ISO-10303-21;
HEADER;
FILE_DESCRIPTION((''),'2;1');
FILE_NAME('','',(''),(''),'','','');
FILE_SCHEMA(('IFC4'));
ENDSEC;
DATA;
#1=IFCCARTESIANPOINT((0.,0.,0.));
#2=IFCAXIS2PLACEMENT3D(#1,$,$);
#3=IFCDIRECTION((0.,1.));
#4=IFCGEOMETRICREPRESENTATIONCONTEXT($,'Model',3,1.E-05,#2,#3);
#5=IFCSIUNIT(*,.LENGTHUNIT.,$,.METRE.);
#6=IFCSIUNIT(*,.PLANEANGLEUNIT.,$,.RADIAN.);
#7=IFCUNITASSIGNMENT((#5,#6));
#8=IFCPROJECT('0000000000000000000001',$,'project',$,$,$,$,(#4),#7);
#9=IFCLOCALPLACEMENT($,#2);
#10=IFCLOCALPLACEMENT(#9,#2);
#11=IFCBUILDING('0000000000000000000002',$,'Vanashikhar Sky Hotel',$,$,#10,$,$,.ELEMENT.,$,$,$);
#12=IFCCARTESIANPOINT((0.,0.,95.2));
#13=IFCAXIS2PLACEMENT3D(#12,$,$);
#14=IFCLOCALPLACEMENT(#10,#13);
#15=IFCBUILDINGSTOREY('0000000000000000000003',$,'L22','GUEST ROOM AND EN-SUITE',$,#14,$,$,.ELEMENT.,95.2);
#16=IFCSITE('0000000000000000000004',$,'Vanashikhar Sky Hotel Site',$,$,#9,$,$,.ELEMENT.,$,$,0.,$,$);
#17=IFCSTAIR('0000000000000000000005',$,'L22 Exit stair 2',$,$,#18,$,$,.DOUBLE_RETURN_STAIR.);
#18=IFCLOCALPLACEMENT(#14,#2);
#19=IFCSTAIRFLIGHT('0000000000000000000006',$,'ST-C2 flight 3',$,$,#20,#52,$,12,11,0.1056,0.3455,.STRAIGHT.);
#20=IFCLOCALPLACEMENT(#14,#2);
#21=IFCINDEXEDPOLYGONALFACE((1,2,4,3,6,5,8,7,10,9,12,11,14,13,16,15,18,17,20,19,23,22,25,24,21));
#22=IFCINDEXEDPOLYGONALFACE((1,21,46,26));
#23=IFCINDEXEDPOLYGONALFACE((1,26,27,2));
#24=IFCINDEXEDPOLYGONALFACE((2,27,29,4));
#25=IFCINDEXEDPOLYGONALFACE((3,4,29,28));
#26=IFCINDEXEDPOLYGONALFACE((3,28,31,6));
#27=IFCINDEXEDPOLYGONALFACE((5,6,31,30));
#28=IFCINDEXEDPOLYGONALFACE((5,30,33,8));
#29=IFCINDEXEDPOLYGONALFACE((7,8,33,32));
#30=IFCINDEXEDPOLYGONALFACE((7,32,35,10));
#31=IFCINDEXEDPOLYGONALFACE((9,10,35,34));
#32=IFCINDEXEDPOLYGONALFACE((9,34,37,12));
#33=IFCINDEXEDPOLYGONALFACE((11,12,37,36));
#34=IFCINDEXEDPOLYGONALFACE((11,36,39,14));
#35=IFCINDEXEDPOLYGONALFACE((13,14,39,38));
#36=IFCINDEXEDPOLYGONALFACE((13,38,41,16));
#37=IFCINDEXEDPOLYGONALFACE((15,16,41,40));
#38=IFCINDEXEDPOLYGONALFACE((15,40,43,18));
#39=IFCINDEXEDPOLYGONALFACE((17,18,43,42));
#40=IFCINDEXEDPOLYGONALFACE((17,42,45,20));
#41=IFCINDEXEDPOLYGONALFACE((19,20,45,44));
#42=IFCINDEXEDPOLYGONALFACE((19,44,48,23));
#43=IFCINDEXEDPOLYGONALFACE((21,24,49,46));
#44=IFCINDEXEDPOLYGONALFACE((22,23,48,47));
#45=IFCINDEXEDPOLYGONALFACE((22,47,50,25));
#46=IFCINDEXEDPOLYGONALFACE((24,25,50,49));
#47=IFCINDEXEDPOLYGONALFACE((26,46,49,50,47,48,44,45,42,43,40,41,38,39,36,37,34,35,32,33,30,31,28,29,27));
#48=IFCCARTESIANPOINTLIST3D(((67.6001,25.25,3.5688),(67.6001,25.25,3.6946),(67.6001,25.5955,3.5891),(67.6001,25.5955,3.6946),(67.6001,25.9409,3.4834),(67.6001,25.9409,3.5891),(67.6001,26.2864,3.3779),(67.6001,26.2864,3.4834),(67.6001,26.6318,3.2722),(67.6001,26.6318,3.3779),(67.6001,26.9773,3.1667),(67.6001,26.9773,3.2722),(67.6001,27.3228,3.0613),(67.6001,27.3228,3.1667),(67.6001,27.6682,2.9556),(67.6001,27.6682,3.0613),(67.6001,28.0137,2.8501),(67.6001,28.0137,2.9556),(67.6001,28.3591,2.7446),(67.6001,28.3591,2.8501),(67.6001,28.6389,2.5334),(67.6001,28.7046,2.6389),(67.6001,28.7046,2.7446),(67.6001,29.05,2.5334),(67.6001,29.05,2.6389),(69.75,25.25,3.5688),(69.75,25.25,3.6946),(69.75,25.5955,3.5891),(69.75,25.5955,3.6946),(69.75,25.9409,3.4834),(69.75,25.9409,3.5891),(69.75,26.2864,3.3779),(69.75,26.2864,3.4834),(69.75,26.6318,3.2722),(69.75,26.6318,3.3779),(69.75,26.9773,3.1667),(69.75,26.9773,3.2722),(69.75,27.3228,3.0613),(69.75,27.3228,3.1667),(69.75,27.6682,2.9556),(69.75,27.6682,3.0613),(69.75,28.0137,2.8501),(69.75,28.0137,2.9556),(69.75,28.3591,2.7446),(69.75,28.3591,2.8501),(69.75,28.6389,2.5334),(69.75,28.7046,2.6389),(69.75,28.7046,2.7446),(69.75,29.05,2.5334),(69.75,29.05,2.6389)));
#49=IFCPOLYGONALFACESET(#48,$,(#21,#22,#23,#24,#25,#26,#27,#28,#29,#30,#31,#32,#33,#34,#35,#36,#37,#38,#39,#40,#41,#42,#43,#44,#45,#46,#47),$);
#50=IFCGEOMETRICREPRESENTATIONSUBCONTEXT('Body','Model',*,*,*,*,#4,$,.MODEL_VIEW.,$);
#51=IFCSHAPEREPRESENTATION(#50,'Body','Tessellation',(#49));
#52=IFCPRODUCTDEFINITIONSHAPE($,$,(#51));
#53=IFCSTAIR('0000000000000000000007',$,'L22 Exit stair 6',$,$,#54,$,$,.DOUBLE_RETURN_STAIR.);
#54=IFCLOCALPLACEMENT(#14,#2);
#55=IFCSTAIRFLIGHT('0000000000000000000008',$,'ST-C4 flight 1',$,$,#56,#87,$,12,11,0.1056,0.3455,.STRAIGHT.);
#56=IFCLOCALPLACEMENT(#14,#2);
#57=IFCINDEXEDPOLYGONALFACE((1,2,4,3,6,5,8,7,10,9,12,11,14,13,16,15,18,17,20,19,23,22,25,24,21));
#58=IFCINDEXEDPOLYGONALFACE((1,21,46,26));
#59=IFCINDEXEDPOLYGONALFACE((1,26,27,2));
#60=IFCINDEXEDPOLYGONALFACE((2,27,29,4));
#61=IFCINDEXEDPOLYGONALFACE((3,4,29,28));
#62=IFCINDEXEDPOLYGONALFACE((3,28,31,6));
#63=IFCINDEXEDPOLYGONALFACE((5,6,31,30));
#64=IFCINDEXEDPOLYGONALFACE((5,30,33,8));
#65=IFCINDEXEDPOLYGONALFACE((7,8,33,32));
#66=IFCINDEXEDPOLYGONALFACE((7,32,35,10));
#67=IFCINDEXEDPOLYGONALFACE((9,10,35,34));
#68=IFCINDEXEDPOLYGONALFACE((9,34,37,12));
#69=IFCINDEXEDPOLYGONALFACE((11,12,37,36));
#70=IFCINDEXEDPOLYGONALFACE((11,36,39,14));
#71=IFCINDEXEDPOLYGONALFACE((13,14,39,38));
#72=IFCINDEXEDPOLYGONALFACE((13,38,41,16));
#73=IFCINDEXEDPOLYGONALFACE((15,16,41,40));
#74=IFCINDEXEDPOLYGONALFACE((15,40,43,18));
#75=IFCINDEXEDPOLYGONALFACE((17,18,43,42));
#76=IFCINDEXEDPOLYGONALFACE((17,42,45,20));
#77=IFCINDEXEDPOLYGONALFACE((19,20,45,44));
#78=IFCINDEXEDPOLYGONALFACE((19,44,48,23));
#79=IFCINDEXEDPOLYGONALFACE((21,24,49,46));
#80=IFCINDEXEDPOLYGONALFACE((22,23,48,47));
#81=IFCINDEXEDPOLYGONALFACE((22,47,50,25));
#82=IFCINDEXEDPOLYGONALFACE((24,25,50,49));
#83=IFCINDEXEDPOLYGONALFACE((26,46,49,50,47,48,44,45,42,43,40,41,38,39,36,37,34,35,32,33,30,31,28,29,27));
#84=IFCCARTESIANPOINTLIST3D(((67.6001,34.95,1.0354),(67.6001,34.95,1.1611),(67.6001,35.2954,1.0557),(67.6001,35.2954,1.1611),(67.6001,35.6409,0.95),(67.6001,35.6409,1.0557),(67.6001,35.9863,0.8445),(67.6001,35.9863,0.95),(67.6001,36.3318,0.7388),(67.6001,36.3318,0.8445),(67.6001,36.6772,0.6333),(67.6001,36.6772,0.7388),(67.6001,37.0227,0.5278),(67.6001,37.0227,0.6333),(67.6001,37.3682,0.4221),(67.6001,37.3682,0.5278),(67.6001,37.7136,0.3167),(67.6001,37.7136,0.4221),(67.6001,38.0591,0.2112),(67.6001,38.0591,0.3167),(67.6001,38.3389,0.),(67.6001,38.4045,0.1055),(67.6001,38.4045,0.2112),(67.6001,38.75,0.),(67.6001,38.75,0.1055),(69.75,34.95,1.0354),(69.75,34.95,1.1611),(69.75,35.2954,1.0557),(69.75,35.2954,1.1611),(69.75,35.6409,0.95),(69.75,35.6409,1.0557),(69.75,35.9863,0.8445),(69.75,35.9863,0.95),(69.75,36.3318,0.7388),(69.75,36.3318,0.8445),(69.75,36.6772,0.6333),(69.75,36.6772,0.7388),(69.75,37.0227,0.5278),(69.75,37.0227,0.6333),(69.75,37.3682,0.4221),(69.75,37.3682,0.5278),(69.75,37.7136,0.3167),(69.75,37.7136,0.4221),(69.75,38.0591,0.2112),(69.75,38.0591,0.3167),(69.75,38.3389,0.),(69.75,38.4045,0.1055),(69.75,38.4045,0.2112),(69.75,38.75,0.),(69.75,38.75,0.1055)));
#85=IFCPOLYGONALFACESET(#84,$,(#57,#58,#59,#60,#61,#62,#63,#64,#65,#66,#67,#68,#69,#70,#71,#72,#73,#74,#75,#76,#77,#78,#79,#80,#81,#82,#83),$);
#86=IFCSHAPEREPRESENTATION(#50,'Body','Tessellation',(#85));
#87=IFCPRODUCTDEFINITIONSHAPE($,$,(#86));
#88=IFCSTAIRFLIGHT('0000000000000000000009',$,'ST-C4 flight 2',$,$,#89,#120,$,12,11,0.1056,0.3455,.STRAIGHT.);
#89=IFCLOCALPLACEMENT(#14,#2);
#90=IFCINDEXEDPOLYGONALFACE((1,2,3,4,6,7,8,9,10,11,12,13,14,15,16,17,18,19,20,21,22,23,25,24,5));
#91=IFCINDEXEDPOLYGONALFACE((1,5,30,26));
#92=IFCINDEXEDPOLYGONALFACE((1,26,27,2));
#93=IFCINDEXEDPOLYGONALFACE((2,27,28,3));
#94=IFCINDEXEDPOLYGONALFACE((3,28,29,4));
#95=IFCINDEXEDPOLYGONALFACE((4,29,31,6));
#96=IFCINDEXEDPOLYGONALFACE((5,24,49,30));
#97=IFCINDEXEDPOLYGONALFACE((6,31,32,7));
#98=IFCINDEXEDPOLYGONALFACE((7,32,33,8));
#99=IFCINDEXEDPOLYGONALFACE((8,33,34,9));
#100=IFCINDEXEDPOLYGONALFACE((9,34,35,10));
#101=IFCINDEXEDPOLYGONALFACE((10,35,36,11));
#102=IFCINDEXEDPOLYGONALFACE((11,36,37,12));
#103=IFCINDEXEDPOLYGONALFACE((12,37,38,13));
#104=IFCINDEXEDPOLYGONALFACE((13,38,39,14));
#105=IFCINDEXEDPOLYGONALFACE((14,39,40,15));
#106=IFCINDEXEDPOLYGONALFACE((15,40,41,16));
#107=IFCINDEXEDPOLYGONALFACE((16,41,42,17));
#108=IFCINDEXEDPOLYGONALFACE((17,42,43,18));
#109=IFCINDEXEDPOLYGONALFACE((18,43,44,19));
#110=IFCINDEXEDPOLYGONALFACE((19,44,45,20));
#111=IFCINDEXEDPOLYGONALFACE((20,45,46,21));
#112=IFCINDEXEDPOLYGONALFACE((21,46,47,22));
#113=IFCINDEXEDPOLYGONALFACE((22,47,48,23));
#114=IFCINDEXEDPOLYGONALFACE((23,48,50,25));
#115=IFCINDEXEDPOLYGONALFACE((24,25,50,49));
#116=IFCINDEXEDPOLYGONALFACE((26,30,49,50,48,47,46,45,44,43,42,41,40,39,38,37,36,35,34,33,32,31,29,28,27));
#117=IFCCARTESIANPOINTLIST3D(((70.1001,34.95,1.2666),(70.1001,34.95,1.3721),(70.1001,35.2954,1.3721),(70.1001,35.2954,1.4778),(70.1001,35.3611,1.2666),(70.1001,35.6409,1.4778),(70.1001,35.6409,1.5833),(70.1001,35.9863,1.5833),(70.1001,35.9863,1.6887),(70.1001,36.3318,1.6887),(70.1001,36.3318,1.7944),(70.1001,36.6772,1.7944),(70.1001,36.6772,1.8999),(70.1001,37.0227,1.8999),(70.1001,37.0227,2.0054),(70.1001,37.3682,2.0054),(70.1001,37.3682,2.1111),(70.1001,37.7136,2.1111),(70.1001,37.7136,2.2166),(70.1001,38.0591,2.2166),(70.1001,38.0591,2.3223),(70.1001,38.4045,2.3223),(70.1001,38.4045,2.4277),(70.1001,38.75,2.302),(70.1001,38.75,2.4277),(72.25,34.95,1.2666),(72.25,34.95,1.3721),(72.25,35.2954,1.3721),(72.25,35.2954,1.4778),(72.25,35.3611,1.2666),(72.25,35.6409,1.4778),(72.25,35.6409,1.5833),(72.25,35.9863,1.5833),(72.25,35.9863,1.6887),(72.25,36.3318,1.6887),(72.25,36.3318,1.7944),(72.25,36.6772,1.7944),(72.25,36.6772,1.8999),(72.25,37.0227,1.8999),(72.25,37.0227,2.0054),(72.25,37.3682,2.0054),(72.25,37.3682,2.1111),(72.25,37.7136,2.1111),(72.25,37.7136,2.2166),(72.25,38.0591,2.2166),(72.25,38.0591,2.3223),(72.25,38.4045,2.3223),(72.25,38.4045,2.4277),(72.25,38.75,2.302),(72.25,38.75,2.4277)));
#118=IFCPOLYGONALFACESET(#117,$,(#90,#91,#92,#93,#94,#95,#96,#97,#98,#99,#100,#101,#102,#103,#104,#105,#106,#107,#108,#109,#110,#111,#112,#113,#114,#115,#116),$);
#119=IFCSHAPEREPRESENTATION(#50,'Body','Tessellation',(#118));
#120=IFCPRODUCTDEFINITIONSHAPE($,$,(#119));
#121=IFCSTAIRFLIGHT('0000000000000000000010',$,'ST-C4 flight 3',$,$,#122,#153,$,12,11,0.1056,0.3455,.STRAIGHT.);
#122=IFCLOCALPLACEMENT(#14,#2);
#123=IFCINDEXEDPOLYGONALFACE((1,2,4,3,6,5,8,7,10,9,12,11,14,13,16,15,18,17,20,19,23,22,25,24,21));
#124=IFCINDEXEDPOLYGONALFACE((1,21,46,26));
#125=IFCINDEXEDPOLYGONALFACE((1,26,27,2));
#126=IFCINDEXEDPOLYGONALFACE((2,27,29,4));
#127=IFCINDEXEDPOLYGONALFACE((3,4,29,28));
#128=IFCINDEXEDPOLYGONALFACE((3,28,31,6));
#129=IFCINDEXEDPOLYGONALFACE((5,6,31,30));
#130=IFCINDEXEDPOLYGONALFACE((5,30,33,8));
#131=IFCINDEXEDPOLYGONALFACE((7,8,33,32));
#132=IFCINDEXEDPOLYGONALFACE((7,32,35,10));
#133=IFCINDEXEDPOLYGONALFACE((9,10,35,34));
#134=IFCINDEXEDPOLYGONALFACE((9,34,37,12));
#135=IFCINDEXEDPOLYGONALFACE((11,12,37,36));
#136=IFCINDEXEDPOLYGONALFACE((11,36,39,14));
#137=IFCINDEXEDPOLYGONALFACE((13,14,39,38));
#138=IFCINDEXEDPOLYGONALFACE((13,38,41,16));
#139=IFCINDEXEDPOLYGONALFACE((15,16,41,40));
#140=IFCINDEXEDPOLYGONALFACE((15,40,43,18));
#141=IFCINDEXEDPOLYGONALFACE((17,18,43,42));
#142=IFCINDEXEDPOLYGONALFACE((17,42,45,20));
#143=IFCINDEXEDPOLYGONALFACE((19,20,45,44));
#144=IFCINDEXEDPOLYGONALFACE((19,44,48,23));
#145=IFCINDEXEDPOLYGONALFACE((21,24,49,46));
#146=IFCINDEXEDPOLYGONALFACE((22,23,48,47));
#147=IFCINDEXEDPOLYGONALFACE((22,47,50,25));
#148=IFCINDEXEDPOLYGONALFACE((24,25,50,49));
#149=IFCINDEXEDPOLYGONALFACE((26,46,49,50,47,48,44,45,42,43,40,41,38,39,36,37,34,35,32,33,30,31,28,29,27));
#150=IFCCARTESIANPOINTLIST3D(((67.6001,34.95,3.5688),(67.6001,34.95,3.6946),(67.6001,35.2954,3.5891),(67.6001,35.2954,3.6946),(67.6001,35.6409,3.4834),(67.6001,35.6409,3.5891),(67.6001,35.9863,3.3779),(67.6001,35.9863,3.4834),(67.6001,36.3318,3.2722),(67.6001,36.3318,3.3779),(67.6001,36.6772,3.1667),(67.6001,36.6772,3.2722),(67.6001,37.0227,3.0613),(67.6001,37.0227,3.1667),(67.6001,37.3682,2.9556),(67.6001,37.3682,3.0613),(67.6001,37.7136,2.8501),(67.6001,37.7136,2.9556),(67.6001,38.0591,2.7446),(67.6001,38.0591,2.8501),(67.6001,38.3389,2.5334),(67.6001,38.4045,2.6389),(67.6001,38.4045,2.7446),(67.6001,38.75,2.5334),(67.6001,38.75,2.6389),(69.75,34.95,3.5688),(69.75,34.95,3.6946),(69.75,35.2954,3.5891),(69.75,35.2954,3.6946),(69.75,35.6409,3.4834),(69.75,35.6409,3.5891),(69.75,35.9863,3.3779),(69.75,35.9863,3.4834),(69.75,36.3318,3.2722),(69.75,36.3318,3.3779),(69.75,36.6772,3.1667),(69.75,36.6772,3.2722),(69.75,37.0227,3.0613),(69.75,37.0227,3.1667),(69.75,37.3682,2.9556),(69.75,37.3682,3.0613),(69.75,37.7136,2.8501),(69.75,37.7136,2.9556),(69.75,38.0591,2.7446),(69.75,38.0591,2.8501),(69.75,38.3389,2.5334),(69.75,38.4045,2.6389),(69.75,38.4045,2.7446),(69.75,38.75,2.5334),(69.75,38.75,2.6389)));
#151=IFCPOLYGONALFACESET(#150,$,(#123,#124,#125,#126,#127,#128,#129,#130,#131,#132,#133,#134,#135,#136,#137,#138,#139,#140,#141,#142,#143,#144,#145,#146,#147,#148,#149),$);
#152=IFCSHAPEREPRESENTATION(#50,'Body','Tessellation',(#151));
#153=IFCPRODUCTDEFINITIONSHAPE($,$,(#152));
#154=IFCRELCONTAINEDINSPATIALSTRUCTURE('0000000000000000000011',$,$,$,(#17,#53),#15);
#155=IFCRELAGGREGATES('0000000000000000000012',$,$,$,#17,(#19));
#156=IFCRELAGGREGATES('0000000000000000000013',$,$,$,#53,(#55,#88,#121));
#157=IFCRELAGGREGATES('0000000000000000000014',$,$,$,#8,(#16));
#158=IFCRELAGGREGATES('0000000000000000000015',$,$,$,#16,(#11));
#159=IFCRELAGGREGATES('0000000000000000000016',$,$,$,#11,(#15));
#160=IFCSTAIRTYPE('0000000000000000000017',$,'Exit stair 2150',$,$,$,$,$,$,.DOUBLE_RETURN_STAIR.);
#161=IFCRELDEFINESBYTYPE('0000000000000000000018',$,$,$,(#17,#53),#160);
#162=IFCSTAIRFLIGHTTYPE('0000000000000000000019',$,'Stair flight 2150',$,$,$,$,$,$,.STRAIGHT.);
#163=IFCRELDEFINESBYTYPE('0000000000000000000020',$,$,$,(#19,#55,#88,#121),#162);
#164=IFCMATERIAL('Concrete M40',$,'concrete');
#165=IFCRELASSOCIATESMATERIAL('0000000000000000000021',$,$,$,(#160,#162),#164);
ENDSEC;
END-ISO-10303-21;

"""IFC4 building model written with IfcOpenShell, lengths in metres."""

from ifc_helpers import new_model, si_unit, direction, frame, origin, place, context, subcontext, project, spatial, polyline, outline, extrude, source, transform, mapped, material, type_object, element, aggregate, save


model = new_model("IFC4")

# Units and contexts
model_context = context("Model", 3, precision=1e-05, world=origin(), true_north=direction((0.0, 1.0)))
body_context = subcontext(model_context, "Body", "Model", "MODEL_VIEW")
ifc_project = project(units=[si_unit("LENGTHUNIT", "METRE"), si_unit("PLANEANGLEUNIT", "RADIAN")], contexts=[model_context])

# Site, building, storey
site_placement = place(None, origin())
site = spatial("IfcSite", under=ifc_project, at=site_placement, Name="Vanashikhar Sky Hotel Site", CompositionType="ELEMENT", RefElevation=0.0)
building_placement = place(site_placement, origin())
building = spatial("IfcBuilding", under=site, at=building_placement, Name="Vanashikhar Sky Hotel", CompositionType="ELEMENT")
storey_placement = place(building_placement, frame((0.0, 0.0, 95.2)))
storey = spatial("IfcBuildingStorey", under=building, at=storey_placement, Name="L22", Description="GUEST ROOM AND EN-SUITE", CompositionType="ELEMENT", Elevation=95.2)

# Shared definitions
ifc_material_1 = material(Name="Concrete M40", Category="concrete")

# Stairs, stair flights
stair_type = type_object("IfcStairType", Name="Exit stair 2150", PredefinedType="DOUBLE_RETURN_STAIR", material=ifc_material_1)
stair_1_placement = place(storey_placement, origin())
stair_1 = element("IfcStair", 1, at=stair_1_placement, inside=storey, type_object=stair_type, Name="L22 Exit stair 2", PredefinedType="DOUBLE_RETURN_STAIR")
stair_flight_type = type_object("IfcStairFlightType", Name="Stair flight 2150", PredefinedType="STRAIGHT", material=ifc_material_1)
shared_shape_1 = source(origin(), body_context, "Body", "SweptSolid", [
    extrude(outline(polyline([(0.0, 0.0), (0.0, 0.1055), (0.3455, 0.1055), (0.3455, 0.2112), (0.6909, 0.2112), (0.6909, 0.3167), (1.0364, 0.3167), (1.0364, 0.4221), (1.3818, 0.4221), (1.3818, 0.5278), (1.7273, 0.5278), (1.7273, 0.6333), (2.0728, 0.6333), (2.0728, 0.7388), (2.4182, 0.7388), (2.4182, 0.8445), (2.7637, 0.8445), (2.7637, 0.95), (3.1091, 0.95), (3.1091, 1.0557), (3.4546, 1.0557), (3.4546, 1.1611), (3.8, 1.1611), (3.8, 1.2666), (3.8, 1.0354), (0.4111, 0.0), (0.0, 0.0)])), frame((0.0, 1.075, 0.0), z_axis=(0.0, -1.0, 0.0), x_axis=(1.0, 0.0, 0.0)), (0.0, 0.0, 1.0), 2.1499),
])
stair_flight_1_placement = place(storey_placement, frame((68.675, 29.05, 2.5334), z_axis=(0.0, 0.0, 1.0), x_axis=(0.0, -1.0, 0.0)))
stair_flight_1 = element("IfcStairFlight", 2, at=stair_flight_1_placement, type_object=stair_flight_type, Name="ST-C2 flight 3", NumberOfRisers=12, NumberOfTreads=11, PredefinedType="STRAIGHT", RiserHeight=0.1056, TreadLength=0.3455, context=body_context, shape_type="MappedRepresentation", body=[
    mapped(shared_shape_1, transform((0.0, 0.0, 0.0), scale=1.0)),
])
aggregate(stair_1, [stair_flight_1])
stair_2_placement = place(storey_placement, origin())
stair_2 = element("IfcStair", 3, at=stair_2_placement, inside=storey, type_object=stair_type, Name="L22 Exit stair 6", PredefinedType="DOUBLE_RETURN_STAIR")
stair_flight_2_placement = place(storey_placement, frame((68.675, 38.75, 0.0), z_axis=(0.0, 0.0, 1.0), x_axis=(0.0, -1.0, 0.0)))
stair_flight_2 = element("IfcStairFlight", 4, at=stair_flight_2_placement, type_object=stair_flight_type, Name="ST-C4 flight 1", NumberOfRisers=12, NumberOfTreads=11, PredefinedType="STRAIGHT", RiserHeight=0.1056, TreadLength=0.3455, context=body_context, shape_type="MappedRepresentation", body=[
    mapped(shared_shape_1, transform((0.0, 0.0, 0.0), scale=1.0)),
])
stair_flight_3_placement = place(storey_placement, frame((71.175, 34.95, 1.2666), z_axis=(0.0, 0.0, 1.0), x_axis=(0.0, 1.0, 0.0)))
stair_flight_3 = element("IfcStairFlight", 5, at=stair_flight_3_placement, type_object=stair_flight_type, Name="ST-C4 flight 2", NumberOfRisers=12, NumberOfTreads=11, PredefinedType="STRAIGHT", RiserHeight=0.1056, TreadLength=0.3455, context=body_context, shape_type="MappedRepresentation", body=[
    mapped(shared_shape_1, transform((0.0, 0.0, 0.0), scale=1.0)),
])
stair_flight_4_placement = place(storey_placement, frame((68.675, 38.75, 2.5334), z_axis=(0.0, 0.0, 1.0), x_axis=(0.0, -1.0, 0.0)))
stair_flight_4 = element("IfcStairFlight", 6, at=stair_flight_4_placement, type_object=stair_flight_type, Name="ST-C4 flight 3", NumberOfRisers=12, NumberOfTreads=11, PredefinedType="STRAIGHT", RiserHeight=0.1056, TreadLength=0.3455, context=body_context, shape_type="MappedRepresentation", body=[
    mapped(shared_shape_1, transform((0.0, 0.0, 0.0), scale=1.0)),
])
aggregate(stair_2, [stair_flight_2, stair_flight_3, stair_flight_4])

save(model, "model.ifc")
